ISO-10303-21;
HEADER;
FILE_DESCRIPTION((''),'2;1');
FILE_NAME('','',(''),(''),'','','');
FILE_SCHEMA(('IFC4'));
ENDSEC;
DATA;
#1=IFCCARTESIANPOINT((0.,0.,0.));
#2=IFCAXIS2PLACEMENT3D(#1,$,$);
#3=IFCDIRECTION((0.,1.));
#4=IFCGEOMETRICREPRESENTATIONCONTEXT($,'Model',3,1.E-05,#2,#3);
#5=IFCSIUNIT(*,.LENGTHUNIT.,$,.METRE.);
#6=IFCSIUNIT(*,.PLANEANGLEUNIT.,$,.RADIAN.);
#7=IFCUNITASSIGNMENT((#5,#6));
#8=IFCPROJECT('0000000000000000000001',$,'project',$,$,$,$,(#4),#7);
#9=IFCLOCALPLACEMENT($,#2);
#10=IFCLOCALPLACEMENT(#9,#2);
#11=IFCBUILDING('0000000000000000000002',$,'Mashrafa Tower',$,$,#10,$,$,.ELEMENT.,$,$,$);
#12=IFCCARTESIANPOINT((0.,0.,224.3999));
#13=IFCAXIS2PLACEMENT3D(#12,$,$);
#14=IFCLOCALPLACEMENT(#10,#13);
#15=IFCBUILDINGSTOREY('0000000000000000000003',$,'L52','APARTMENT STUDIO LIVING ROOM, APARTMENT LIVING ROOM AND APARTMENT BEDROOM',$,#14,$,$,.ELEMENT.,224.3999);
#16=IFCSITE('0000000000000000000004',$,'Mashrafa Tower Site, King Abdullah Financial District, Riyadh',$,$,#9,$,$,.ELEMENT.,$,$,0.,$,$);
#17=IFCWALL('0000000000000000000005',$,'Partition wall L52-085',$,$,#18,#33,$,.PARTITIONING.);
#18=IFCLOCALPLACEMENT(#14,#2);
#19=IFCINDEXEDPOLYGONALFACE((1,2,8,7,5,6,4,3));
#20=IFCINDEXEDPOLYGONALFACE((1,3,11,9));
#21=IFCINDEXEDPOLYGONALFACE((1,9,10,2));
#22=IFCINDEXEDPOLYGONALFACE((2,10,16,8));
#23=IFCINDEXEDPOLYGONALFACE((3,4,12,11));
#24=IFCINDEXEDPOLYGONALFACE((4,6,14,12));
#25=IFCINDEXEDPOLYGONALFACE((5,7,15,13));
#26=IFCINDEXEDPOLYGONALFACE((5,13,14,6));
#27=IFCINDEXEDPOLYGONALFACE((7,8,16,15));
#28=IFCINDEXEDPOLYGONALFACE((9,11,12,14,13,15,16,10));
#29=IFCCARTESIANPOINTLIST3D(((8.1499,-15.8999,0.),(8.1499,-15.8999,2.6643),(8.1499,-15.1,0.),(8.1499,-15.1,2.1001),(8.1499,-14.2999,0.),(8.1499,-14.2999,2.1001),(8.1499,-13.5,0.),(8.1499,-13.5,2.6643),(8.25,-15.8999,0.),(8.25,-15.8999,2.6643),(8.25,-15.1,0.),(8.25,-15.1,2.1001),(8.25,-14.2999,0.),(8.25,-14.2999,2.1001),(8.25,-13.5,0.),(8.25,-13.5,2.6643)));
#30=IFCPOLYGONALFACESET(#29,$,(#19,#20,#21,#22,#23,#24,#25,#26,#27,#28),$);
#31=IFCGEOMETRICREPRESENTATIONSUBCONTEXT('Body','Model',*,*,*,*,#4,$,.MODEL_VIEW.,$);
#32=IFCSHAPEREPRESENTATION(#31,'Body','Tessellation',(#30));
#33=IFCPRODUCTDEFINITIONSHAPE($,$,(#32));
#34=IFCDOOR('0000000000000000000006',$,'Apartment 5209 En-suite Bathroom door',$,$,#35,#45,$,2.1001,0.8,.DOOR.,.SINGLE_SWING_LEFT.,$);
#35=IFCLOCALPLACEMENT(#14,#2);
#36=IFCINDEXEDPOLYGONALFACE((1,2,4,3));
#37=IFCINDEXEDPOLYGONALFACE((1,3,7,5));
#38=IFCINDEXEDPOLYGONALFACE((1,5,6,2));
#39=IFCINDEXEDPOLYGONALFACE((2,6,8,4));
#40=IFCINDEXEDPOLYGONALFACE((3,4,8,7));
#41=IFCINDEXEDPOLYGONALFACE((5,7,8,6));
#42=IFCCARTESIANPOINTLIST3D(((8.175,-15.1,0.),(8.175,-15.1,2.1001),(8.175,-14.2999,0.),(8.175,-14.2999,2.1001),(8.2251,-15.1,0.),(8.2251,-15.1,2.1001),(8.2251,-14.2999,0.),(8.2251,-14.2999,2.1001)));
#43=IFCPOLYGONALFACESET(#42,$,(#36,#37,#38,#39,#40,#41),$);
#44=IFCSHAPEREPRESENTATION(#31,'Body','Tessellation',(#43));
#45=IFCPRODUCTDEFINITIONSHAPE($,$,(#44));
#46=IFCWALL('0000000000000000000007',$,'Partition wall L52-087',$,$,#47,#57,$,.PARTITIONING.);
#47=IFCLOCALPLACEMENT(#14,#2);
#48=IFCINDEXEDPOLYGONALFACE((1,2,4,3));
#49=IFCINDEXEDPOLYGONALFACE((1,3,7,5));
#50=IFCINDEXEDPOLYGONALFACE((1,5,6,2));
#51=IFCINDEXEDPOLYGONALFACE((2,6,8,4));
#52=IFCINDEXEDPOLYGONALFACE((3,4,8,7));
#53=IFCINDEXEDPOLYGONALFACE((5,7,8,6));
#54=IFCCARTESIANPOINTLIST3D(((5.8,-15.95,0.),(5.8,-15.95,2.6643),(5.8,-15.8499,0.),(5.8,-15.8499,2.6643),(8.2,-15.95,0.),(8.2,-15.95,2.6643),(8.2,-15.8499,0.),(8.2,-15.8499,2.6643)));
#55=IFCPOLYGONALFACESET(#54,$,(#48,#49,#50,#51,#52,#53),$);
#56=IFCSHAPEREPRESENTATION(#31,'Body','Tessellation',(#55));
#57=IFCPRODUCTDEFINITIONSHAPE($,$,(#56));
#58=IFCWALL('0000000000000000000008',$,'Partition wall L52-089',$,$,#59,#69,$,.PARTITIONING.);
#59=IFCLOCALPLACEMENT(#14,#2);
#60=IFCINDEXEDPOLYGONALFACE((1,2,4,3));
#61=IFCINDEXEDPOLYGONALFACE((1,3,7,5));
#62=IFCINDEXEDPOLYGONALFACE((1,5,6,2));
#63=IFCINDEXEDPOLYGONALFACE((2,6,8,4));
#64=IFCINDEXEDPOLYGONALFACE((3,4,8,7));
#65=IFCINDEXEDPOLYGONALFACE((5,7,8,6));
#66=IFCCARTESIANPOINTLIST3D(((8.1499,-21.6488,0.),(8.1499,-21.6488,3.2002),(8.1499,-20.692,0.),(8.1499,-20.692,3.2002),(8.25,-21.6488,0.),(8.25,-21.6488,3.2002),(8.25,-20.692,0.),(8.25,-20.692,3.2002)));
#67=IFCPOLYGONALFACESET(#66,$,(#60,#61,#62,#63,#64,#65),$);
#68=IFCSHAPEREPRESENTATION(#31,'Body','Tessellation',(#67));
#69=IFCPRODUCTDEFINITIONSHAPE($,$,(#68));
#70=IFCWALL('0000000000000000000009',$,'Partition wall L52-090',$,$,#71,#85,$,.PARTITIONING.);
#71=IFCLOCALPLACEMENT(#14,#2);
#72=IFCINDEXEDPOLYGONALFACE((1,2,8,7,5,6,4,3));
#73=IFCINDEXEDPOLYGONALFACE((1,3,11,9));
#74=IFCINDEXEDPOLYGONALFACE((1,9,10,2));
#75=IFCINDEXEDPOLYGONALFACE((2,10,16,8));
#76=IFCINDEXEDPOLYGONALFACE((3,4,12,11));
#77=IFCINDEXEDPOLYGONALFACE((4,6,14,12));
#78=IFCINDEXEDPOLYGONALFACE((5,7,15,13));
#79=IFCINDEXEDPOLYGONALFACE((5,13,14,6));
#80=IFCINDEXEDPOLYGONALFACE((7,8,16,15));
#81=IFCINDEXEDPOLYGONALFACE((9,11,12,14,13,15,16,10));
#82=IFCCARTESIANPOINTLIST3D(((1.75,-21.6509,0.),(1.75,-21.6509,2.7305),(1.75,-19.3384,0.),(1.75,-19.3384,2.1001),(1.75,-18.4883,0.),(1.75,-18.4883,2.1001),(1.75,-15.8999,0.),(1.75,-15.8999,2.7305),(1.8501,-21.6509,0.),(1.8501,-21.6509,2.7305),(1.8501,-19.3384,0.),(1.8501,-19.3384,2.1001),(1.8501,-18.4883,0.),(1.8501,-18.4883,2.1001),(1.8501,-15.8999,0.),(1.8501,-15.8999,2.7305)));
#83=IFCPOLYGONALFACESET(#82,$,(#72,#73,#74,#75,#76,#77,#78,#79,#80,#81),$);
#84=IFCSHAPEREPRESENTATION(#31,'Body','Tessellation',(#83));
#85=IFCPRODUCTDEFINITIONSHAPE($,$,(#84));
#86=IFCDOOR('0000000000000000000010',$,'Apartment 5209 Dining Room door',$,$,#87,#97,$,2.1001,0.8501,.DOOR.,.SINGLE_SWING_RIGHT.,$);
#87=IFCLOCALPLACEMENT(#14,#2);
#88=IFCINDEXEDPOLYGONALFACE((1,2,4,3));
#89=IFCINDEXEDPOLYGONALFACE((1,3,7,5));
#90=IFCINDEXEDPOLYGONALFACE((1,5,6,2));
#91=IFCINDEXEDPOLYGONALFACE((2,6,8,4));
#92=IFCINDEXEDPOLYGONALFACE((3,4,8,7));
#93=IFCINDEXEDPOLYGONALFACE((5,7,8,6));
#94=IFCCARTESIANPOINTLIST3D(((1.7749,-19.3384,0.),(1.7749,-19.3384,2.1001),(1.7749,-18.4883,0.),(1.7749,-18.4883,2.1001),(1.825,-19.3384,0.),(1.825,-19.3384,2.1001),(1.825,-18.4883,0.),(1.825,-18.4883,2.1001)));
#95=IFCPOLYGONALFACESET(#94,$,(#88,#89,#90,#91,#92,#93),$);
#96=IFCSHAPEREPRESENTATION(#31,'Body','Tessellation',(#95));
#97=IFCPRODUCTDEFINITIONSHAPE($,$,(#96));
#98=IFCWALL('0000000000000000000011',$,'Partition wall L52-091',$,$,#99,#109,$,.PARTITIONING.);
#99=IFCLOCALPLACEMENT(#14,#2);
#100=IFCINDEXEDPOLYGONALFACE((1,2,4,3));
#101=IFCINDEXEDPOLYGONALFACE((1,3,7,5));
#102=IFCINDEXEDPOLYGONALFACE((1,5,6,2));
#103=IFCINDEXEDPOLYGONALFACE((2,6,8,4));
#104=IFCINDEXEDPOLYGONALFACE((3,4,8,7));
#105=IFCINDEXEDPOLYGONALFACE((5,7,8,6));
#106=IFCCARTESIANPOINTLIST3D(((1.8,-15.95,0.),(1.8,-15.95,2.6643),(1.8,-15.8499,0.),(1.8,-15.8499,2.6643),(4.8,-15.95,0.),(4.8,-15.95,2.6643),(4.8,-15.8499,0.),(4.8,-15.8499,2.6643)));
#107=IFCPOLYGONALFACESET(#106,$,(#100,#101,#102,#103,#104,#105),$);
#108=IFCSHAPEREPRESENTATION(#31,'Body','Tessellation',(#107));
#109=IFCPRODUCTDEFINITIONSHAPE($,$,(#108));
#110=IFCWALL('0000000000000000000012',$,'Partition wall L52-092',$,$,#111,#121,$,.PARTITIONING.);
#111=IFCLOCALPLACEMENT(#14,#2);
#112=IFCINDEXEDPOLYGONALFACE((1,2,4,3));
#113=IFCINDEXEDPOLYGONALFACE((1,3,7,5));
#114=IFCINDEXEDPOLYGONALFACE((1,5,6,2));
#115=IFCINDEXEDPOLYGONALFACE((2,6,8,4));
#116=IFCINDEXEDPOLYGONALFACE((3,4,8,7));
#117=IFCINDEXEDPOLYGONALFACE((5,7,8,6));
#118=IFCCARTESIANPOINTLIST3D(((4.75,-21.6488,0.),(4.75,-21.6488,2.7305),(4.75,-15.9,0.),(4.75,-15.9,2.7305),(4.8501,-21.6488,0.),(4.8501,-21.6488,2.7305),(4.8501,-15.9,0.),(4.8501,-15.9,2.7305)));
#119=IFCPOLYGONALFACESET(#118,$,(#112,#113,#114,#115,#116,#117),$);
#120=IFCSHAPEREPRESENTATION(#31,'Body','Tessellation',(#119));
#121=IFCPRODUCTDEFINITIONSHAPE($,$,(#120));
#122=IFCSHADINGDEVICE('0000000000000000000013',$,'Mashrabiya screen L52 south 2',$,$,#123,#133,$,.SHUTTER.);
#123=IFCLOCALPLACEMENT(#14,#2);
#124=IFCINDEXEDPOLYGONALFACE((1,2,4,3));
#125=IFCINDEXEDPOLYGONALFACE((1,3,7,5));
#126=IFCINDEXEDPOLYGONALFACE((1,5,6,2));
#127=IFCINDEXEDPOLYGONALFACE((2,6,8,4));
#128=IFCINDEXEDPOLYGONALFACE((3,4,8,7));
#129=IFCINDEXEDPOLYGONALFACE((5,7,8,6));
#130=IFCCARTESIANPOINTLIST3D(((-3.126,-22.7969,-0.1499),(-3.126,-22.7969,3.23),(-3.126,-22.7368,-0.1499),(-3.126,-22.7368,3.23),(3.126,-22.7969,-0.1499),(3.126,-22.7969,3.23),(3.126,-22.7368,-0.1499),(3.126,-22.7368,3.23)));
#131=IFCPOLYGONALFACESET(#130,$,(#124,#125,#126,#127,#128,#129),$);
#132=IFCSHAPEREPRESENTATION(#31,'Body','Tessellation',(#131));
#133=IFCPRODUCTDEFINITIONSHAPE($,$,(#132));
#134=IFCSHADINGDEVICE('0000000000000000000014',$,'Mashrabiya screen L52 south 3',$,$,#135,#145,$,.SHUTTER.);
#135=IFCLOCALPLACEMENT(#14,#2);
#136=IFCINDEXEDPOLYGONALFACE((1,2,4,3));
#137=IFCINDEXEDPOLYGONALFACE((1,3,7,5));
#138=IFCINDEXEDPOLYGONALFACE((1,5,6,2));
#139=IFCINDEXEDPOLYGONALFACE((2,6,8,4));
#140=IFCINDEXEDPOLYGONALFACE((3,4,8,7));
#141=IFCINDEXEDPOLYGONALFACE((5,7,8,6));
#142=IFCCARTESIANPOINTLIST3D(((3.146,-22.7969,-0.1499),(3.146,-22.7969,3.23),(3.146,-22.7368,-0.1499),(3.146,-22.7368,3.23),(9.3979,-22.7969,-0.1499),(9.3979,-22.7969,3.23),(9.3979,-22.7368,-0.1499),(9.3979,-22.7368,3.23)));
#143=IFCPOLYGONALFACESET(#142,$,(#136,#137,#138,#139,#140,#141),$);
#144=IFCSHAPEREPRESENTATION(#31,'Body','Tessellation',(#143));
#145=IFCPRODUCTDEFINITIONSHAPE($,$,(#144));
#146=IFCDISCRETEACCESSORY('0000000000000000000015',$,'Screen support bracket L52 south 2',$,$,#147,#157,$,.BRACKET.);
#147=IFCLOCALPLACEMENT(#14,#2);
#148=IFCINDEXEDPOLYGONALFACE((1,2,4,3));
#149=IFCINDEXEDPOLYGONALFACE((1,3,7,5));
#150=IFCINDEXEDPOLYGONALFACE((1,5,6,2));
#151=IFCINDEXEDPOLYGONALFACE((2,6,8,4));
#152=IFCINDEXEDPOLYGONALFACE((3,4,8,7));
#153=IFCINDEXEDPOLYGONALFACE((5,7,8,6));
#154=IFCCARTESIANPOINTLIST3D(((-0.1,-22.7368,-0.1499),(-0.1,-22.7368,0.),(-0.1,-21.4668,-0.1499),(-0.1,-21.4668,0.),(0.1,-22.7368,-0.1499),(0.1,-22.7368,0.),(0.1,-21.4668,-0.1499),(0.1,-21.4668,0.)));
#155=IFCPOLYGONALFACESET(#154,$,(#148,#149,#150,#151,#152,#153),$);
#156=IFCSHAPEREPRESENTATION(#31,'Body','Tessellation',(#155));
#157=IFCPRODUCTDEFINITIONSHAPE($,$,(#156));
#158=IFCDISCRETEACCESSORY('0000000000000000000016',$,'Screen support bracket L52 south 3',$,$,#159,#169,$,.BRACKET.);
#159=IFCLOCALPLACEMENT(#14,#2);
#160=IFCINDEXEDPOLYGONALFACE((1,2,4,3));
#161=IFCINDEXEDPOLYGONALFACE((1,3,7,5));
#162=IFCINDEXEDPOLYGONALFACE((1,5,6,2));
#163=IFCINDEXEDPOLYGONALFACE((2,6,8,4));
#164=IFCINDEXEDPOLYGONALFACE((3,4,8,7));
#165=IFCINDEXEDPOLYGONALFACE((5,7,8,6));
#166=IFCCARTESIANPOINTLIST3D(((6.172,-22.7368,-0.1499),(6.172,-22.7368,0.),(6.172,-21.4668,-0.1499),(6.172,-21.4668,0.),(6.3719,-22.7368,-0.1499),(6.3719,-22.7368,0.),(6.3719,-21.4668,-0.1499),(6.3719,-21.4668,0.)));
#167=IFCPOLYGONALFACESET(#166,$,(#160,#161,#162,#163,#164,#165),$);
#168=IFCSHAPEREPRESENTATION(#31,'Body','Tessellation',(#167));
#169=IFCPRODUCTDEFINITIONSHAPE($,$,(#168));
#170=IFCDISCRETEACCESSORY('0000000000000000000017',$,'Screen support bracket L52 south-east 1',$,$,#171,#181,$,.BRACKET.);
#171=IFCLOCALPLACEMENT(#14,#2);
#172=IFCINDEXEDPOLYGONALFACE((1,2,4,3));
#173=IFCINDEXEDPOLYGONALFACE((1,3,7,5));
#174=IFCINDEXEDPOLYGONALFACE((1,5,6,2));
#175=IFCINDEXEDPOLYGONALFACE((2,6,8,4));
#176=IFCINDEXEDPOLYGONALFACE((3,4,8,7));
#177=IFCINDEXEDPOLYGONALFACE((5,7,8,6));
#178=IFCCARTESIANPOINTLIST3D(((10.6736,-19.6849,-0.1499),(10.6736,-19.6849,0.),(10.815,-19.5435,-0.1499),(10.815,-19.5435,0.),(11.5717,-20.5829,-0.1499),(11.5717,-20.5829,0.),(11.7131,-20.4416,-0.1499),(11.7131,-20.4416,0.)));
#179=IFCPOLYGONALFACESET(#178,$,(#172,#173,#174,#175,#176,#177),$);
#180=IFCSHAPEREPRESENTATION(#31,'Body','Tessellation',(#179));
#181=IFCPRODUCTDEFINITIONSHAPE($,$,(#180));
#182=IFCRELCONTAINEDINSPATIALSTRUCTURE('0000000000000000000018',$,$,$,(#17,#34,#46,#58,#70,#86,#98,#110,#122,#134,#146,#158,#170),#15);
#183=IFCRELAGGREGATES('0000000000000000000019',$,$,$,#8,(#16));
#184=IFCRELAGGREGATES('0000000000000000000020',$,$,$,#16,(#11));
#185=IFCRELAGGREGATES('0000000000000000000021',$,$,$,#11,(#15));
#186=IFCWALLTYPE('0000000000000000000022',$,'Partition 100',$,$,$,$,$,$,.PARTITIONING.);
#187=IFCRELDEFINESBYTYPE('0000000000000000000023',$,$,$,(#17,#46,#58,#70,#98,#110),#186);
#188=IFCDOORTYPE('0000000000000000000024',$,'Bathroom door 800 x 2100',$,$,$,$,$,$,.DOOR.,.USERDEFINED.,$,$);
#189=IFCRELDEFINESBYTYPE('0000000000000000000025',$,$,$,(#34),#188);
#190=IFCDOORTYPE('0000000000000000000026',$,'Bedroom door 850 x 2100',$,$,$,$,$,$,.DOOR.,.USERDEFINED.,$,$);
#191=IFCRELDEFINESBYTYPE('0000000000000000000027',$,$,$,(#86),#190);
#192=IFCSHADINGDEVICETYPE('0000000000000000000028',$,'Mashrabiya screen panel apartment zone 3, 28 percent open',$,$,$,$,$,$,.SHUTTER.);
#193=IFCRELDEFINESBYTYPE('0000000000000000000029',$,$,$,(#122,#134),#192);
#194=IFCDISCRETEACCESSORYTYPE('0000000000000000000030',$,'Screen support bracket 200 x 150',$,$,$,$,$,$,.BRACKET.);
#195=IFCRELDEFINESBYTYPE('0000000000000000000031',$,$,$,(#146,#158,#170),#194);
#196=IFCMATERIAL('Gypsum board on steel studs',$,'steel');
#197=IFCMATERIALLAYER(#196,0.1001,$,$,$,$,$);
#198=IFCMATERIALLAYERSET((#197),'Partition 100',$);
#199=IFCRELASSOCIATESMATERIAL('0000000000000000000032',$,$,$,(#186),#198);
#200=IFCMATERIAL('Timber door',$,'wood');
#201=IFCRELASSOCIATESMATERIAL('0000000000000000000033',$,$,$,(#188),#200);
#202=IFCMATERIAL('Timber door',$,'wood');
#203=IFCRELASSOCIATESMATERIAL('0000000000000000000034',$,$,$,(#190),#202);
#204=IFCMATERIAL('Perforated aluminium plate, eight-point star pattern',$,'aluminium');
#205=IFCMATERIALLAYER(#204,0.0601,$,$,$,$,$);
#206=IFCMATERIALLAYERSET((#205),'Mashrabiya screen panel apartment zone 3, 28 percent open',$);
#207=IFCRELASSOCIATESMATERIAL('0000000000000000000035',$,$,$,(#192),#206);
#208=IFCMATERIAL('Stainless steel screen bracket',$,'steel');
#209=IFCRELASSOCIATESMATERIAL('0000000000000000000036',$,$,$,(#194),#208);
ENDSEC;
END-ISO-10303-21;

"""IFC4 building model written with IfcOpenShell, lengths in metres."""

from ifc_helpers import new_model, si_unit, direction, frame, frame_2d, origin, origin_2d, place, context, subcontext, project, spatial, rectangle, extrude, source, transform, mapped, material, layer, layer_set, type_object, type_shapes, element, fill, save


model = new_model("IFC4")

# Units and contexts
model_context = context("Model", 3, precision=1e-05, world=origin(), true_north=direction((0.0, 1.0)))
body_context = subcontext(model_context, "Body", "Model", "MODEL_VIEW")
ifc_project = project(units=[si_unit("LENGTHUNIT", "METRE"), si_unit("PLANEANGLEUNIT", "RADIAN")], contexts=[model_context])

# Site, building, storey
site_placement = place(None, origin())
site = spatial("IfcSite", under=ifc_project, at=site_placement, Name="Mashrafa Tower Site, King Abdullah Financial District, Riyadh", CompositionType="ELEMENT", RefElevation=0.0)
building_placement = place(site_placement, origin())
building = spatial("IfcBuilding", under=site, at=building_placement, Name="Mashrafa Tower", CompositionType="ELEMENT")
storey_placement = place(building_placement, frame((0.0, 0.0, 224.3999)))
storey = spatial("IfcBuildingStorey", under=building, at=storey_placement, Name="L52", Description="APARTMENT STUDIO LIVING ROOM, APARTMENT LIVING ROOM AND APARTMENT BEDROOM", CompositionType="ELEMENT", Elevation=224.3999)

# Wall, opening, door
ifc_material_1 = material(Name="Gypsum board on steel studs", Category="steel")
ifc_layer_1 = layer(ifc_material_1, 0.1001)
ifc_layer_set_1 = layer_set([ifc_layer_1], Name="Partition 100")
wall_type = type_object("IfcWallType", Name="Partition 100", PredefinedType="PARTITIONING", material=ifc_layer_set_1)
wall_1_placement = place(storey_placement, frame((8.2, -15.8999, 0.0), z_axis=(0.0, 0.0, 1.0), x_axis=(0.0, 1.0, 0.0)))
wall_1 = element("IfcWall", 1, at=wall_1_placement, inside=storey, type_object=wall_type, Name="Partition wall L52-085", PredefinedType="PARTITIONING", context=body_context, shape_type="SweptSolid", body=[
    extrude(rectangle(XDim=2.3999, YDim=0.1001, at=frame_2d((1.2, 0.0))), origin(), (0.0, 0.0, 1.0), 2.6643),
])
opening_1_placement = place(wall_1_placement, frame((0.8, 0.0, 0.0)))
opening_1 = element("IfcOpeningElement", 2, at=opening_1_placement, cuts=wall_1, PredefinedType="OPENING", context=body_context, shape_type="SweptSolid", body=[
    extrude(rectangle(XDim=0.8, YDim=2.1001, at=frame_2d((0.3999, 1.05))), frame((0.0, 0.0601, 0.0), z_axis=(0.0, -1.0, 0.0), x_axis=(1.0, 0.0, 0.0)), (0.0, 0.0, 1.0), 0.1201),
])
ifc_material_2 = material(Name="Timber door", Category="wood")
door_type_1 = type_object("IfcDoorType", Name="Bathroom door 800 x 2100", OperationType="USERDEFINED", PredefinedType="DOOR", material=ifc_material_2)
door_1_placement = place(opening_1_placement, origin())
door_1 = element("IfcDoor", 3, at=door_1_placement, inside=storey, type_object=door_type_1, Name="Apartment 5209 En-suite Bathroom door", OperationType="SINGLE_SWING_LEFT", OverallHeight=2.1001, OverallWidth=0.8, PredefinedType="DOOR", context=body_context, shape_type="SweptSolid", body=[
    extrude(rectangle(XDim=0.8, YDim=2.1001, at=frame_2d((0.3999, 1.05))), frame((0.0, 0.0249, 0.0), z_axis=(0.0, -1.0, 0.0), x_axis=(1.0, 0.0, 0.0)), (0.0, 0.0, 1.0), 0.05),
])
fill(opening_1, door_1)

# Walls
wall_2_placement = place(storey_placement, frame((5.8, -15.8999, 0.0), z_axis=(0.0, 0.0, 1.0), x_axis=(1.0, 0.0, 0.0)))
element("IfcWall", 4, at=wall_2_placement, inside=storey, type_object=wall_type, Name="Partition wall L52-087", PredefinedType="PARTITIONING", context=body_context, shape_type="SweptSolid", body=[
    extrude(rectangle(XDim=2.3999, YDim=0.1001, at=frame_2d((1.2, 0.0))), origin(), (0.0, 0.0, 1.0), 2.6643),
])
wall_3_placement = place(storey_placement, frame((8.2, -20.6919, 0.0), z_axis=(0.0, 0.0, 1.0), x_axis=(0.0, -1.0, 0.0)))
element("IfcWall", 5, at=wall_3_placement, inside=storey, type_object=wall_type, Name="Partition wall L52-089", PredefinedType="PARTITIONING", context=body_context, shape_type="SweptSolid", body=[
    extrude(rectangle(XDim=0.9568, YDim=0.1001, at=frame_2d((0.4785, 0.0))), origin(), (0.0, 0.0, 1.0), 3.2002),
])

# Wall, opening, door
wall_4_placement = place(storey_placement, frame((1.8, -21.6509, 0.0), z_axis=(0.0, 0.0, 1.0), x_axis=(0.0, 1.0, 0.0)))
wall_4 = element("IfcWall", 6, at=wall_4_placement, inside=storey, type_object=wall_type, Name="Partition wall L52-090", PredefinedType="PARTITIONING", context=body_context, shape_type="SweptSolid", body=[
    extrude(rectangle(XDim=5.751, YDim=0.1001, at=frame_2d((2.8755, 0.0))), origin(), (0.0, 0.0, 1.0), 2.7305),
])
opening_2_placement = place(wall_4_placement, frame((2.3125, 0.0, 0.0)))
opening_2 = element("IfcOpeningElement", 7, at=opening_2_placement, cuts=wall_4, PredefinedType="OPENING", context=body_context, shape_type="SweptSolid", body=[
    extrude(rectangle(XDim=0.8501, YDim=2.1001, at=frame_2d((0.425, 1.05))), frame((0.0, 0.0601, 0.0), z_axis=(0.0, -1.0, 0.0), x_axis=(1.0, 0.0, 0.0)), (0.0, 0.0, 1.0), 0.1201),
])
ifc_material_3 = material(Name="Timber door", Category="wood")
door_type_2 = type_object("IfcDoorType", Name="Bedroom door 850 x 2100", OperationType="USERDEFINED", PredefinedType="DOOR", material=ifc_material_3)
door_2_placement = place(opening_2_placement, frame((0.8501, 0.0, 0.0), z_axis=(0.0, 0.0, 1.0), x_axis=(-1.0, 0.0, 0.0)))
door_2 = element("IfcDoor", 8, at=door_2_placement, inside=storey, type_object=door_type_2, Name="Apartment 5209 Dining Room door", OperationType="SINGLE_SWING_RIGHT", OverallHeight=2.1001, OverallWidth=0.8501, PredefinedType="DOOR", context=body_context, shape_type="SweptSolid", body=[
    extrude(rectangle(XDim=0.8501, YDim=2.1001, at=frame_2d((0.425, 1.05))), frame((0.0, 0.0249, 0.0), z_axis=(0.0, -1.0, 0.0), x_axis=(1.0, 0.0, 0.0)), (0.0, 0.0, 1.0), 0.05),
])
fill(opening_2, door_2)

# Walls
wall_5_placement = place(storey_placement, frame((1.8, -15.8999, 0.0), z_axis=(0.0, 0.0, 1.0), x_axis=(1.0, 0.0, 0.0)))
element("IfcWall", 9, at=wall_5_placement, inside=storey, type_object=wall_type, Name="Partition wall L52-091", PredefinedType="PARTITIONING", context=body_context, shape_type="SweptSolid", body=[
    extrude(rectangle(XDim=3.0, YDim=0.1001, at=frame_2d((1.5, 0.0))), origin(), (0.0, 0.0, 1.0), 2.6643),
])
wall_6_placement = place(storey_placement, frame((4.8, -15.8999, 0.0), z_axis=(0.0, 0.0, 1.0), x_axis=(0.0, -1.0, 0.0)))
element("IfcWall", 10, at=wall_6_placement, inside=storey, type_object=wall_type, Name="Partition wall L52-092", PredefinedType="PARTITIONING", context=body_context, shape_type="SweptSolid", body=[
    extrude(rectangle(XDim=5.7488, YDim=0.1001, at=frame_2d((2.8745, 0.0))), origin(), (0.0, 0.0, 1.0), 2.7305),
])

# Shading devices
ifc_material_4 = material(Name="Perforated aluminium plate, eight-point star pattern", Category="aluminium")
ifc_layer_2 = layer(ifc_material_4, 0.0601)
ifc_layer_set_2 = layer_set([ifc_layer_2], Name="Mashrabiya screen panel apartment zone 3, 28 percent open")
shading_device_type = type_object("IfcShadingDeviceType", Name="Mashrabiya screen panel apartment zone 3, 28 percent open", PredefinedType="SHUTTER", material=ifc_layer_set_2)
shared_shape_1 = source(origin(), body_context, "Body", "SweptSolid", [
    extrude(rectangle(XDim=6.252, YDim=0.0601, at=origin_2d()), origin(), (0.0, 0.0, 1.0), 3.3799),
])
type_shapes(shading_device_type, [shared_shape_1])
for number, where, z_axis, x_axis, name in (
    (11, (0.0, -22.7668, -0.1499), (0.0, 0.0, 1.0), (1.0, 0.0, 0.0), "Mashrabiya screen L52 south 2"),
    (12, (6.272, -22.7668, -0.1499), (0.0, 0.0, 1.0), (1.0, 0.0, 0.0), "Mashrabiya screen L52 south 3"),
):
    element("IfcShadingDevice", number, at=place(storey_placement, frame(where, z_axis=z_axis, x_axis=x_axis)), inside=storey, type_object=shading_device_type, Name=name, PredefinedType="SHUTTER", context=body_context, shape_type="MappedRepresentation", body=[
        mapped(shared_shape_1, transform((0.0, 0.0, 0.0))),
    ])

# Discrete accessories
ifc_material_5 = material(Name="Stainless steel screen bracket", Category="steel")
discrete_accessory_type = type_object("IfcDiscreteAccessoryType", Name="Screen support bracket 200 x 150", PredefinedType="BRACKET", material=ifc_material_5)
shared_shape_2 = source(origin(), body_context, "Body", "SweptSolid", [
    extrude(rectangle(XDim=0.2, YDim=1.27, at=origin_2d()), origin(), (0.0, 0.0, 1.0), 0.1499),
])
type_shapes(discrete_accessory_type, [shared_shape_2])
for number, where, z_axis, x_axis, name in (
    (13, (0.0, -22.1018, -0.1499), (0.0, 0.0, 1.0), (1.0, 0.0, 0.0), "Screen support bracket L52 south 2"),
    (14, (6.272, -22.1018, -0.1499), (0.0, 0.0, 1.0), (1.0, 0.0, 0.0), "Screen support bracket L52 south 3"),
    (15, (11.1934, -20.0632, -0.1499), (0.0, 0.0, 1.0), (0.707107, 0.707107, 0.0), "Screen support bracket L52 south-east 1"),
):
    element("IfcDiscreteAccessory", number, at=place(storey_placement, frame(where, z_axis=z_axis, x_axis=x_axis)), inside=storey, type_object=discrete_accessory_type, Name=name, PredefinedType="BRACKET", context=body_context, shape_type="MappedRepresentation", body=[
        mapped(shared_shape_2, transform((0.0, 0.0, 0.0))),
    ])

save(model, "model.ifc")
